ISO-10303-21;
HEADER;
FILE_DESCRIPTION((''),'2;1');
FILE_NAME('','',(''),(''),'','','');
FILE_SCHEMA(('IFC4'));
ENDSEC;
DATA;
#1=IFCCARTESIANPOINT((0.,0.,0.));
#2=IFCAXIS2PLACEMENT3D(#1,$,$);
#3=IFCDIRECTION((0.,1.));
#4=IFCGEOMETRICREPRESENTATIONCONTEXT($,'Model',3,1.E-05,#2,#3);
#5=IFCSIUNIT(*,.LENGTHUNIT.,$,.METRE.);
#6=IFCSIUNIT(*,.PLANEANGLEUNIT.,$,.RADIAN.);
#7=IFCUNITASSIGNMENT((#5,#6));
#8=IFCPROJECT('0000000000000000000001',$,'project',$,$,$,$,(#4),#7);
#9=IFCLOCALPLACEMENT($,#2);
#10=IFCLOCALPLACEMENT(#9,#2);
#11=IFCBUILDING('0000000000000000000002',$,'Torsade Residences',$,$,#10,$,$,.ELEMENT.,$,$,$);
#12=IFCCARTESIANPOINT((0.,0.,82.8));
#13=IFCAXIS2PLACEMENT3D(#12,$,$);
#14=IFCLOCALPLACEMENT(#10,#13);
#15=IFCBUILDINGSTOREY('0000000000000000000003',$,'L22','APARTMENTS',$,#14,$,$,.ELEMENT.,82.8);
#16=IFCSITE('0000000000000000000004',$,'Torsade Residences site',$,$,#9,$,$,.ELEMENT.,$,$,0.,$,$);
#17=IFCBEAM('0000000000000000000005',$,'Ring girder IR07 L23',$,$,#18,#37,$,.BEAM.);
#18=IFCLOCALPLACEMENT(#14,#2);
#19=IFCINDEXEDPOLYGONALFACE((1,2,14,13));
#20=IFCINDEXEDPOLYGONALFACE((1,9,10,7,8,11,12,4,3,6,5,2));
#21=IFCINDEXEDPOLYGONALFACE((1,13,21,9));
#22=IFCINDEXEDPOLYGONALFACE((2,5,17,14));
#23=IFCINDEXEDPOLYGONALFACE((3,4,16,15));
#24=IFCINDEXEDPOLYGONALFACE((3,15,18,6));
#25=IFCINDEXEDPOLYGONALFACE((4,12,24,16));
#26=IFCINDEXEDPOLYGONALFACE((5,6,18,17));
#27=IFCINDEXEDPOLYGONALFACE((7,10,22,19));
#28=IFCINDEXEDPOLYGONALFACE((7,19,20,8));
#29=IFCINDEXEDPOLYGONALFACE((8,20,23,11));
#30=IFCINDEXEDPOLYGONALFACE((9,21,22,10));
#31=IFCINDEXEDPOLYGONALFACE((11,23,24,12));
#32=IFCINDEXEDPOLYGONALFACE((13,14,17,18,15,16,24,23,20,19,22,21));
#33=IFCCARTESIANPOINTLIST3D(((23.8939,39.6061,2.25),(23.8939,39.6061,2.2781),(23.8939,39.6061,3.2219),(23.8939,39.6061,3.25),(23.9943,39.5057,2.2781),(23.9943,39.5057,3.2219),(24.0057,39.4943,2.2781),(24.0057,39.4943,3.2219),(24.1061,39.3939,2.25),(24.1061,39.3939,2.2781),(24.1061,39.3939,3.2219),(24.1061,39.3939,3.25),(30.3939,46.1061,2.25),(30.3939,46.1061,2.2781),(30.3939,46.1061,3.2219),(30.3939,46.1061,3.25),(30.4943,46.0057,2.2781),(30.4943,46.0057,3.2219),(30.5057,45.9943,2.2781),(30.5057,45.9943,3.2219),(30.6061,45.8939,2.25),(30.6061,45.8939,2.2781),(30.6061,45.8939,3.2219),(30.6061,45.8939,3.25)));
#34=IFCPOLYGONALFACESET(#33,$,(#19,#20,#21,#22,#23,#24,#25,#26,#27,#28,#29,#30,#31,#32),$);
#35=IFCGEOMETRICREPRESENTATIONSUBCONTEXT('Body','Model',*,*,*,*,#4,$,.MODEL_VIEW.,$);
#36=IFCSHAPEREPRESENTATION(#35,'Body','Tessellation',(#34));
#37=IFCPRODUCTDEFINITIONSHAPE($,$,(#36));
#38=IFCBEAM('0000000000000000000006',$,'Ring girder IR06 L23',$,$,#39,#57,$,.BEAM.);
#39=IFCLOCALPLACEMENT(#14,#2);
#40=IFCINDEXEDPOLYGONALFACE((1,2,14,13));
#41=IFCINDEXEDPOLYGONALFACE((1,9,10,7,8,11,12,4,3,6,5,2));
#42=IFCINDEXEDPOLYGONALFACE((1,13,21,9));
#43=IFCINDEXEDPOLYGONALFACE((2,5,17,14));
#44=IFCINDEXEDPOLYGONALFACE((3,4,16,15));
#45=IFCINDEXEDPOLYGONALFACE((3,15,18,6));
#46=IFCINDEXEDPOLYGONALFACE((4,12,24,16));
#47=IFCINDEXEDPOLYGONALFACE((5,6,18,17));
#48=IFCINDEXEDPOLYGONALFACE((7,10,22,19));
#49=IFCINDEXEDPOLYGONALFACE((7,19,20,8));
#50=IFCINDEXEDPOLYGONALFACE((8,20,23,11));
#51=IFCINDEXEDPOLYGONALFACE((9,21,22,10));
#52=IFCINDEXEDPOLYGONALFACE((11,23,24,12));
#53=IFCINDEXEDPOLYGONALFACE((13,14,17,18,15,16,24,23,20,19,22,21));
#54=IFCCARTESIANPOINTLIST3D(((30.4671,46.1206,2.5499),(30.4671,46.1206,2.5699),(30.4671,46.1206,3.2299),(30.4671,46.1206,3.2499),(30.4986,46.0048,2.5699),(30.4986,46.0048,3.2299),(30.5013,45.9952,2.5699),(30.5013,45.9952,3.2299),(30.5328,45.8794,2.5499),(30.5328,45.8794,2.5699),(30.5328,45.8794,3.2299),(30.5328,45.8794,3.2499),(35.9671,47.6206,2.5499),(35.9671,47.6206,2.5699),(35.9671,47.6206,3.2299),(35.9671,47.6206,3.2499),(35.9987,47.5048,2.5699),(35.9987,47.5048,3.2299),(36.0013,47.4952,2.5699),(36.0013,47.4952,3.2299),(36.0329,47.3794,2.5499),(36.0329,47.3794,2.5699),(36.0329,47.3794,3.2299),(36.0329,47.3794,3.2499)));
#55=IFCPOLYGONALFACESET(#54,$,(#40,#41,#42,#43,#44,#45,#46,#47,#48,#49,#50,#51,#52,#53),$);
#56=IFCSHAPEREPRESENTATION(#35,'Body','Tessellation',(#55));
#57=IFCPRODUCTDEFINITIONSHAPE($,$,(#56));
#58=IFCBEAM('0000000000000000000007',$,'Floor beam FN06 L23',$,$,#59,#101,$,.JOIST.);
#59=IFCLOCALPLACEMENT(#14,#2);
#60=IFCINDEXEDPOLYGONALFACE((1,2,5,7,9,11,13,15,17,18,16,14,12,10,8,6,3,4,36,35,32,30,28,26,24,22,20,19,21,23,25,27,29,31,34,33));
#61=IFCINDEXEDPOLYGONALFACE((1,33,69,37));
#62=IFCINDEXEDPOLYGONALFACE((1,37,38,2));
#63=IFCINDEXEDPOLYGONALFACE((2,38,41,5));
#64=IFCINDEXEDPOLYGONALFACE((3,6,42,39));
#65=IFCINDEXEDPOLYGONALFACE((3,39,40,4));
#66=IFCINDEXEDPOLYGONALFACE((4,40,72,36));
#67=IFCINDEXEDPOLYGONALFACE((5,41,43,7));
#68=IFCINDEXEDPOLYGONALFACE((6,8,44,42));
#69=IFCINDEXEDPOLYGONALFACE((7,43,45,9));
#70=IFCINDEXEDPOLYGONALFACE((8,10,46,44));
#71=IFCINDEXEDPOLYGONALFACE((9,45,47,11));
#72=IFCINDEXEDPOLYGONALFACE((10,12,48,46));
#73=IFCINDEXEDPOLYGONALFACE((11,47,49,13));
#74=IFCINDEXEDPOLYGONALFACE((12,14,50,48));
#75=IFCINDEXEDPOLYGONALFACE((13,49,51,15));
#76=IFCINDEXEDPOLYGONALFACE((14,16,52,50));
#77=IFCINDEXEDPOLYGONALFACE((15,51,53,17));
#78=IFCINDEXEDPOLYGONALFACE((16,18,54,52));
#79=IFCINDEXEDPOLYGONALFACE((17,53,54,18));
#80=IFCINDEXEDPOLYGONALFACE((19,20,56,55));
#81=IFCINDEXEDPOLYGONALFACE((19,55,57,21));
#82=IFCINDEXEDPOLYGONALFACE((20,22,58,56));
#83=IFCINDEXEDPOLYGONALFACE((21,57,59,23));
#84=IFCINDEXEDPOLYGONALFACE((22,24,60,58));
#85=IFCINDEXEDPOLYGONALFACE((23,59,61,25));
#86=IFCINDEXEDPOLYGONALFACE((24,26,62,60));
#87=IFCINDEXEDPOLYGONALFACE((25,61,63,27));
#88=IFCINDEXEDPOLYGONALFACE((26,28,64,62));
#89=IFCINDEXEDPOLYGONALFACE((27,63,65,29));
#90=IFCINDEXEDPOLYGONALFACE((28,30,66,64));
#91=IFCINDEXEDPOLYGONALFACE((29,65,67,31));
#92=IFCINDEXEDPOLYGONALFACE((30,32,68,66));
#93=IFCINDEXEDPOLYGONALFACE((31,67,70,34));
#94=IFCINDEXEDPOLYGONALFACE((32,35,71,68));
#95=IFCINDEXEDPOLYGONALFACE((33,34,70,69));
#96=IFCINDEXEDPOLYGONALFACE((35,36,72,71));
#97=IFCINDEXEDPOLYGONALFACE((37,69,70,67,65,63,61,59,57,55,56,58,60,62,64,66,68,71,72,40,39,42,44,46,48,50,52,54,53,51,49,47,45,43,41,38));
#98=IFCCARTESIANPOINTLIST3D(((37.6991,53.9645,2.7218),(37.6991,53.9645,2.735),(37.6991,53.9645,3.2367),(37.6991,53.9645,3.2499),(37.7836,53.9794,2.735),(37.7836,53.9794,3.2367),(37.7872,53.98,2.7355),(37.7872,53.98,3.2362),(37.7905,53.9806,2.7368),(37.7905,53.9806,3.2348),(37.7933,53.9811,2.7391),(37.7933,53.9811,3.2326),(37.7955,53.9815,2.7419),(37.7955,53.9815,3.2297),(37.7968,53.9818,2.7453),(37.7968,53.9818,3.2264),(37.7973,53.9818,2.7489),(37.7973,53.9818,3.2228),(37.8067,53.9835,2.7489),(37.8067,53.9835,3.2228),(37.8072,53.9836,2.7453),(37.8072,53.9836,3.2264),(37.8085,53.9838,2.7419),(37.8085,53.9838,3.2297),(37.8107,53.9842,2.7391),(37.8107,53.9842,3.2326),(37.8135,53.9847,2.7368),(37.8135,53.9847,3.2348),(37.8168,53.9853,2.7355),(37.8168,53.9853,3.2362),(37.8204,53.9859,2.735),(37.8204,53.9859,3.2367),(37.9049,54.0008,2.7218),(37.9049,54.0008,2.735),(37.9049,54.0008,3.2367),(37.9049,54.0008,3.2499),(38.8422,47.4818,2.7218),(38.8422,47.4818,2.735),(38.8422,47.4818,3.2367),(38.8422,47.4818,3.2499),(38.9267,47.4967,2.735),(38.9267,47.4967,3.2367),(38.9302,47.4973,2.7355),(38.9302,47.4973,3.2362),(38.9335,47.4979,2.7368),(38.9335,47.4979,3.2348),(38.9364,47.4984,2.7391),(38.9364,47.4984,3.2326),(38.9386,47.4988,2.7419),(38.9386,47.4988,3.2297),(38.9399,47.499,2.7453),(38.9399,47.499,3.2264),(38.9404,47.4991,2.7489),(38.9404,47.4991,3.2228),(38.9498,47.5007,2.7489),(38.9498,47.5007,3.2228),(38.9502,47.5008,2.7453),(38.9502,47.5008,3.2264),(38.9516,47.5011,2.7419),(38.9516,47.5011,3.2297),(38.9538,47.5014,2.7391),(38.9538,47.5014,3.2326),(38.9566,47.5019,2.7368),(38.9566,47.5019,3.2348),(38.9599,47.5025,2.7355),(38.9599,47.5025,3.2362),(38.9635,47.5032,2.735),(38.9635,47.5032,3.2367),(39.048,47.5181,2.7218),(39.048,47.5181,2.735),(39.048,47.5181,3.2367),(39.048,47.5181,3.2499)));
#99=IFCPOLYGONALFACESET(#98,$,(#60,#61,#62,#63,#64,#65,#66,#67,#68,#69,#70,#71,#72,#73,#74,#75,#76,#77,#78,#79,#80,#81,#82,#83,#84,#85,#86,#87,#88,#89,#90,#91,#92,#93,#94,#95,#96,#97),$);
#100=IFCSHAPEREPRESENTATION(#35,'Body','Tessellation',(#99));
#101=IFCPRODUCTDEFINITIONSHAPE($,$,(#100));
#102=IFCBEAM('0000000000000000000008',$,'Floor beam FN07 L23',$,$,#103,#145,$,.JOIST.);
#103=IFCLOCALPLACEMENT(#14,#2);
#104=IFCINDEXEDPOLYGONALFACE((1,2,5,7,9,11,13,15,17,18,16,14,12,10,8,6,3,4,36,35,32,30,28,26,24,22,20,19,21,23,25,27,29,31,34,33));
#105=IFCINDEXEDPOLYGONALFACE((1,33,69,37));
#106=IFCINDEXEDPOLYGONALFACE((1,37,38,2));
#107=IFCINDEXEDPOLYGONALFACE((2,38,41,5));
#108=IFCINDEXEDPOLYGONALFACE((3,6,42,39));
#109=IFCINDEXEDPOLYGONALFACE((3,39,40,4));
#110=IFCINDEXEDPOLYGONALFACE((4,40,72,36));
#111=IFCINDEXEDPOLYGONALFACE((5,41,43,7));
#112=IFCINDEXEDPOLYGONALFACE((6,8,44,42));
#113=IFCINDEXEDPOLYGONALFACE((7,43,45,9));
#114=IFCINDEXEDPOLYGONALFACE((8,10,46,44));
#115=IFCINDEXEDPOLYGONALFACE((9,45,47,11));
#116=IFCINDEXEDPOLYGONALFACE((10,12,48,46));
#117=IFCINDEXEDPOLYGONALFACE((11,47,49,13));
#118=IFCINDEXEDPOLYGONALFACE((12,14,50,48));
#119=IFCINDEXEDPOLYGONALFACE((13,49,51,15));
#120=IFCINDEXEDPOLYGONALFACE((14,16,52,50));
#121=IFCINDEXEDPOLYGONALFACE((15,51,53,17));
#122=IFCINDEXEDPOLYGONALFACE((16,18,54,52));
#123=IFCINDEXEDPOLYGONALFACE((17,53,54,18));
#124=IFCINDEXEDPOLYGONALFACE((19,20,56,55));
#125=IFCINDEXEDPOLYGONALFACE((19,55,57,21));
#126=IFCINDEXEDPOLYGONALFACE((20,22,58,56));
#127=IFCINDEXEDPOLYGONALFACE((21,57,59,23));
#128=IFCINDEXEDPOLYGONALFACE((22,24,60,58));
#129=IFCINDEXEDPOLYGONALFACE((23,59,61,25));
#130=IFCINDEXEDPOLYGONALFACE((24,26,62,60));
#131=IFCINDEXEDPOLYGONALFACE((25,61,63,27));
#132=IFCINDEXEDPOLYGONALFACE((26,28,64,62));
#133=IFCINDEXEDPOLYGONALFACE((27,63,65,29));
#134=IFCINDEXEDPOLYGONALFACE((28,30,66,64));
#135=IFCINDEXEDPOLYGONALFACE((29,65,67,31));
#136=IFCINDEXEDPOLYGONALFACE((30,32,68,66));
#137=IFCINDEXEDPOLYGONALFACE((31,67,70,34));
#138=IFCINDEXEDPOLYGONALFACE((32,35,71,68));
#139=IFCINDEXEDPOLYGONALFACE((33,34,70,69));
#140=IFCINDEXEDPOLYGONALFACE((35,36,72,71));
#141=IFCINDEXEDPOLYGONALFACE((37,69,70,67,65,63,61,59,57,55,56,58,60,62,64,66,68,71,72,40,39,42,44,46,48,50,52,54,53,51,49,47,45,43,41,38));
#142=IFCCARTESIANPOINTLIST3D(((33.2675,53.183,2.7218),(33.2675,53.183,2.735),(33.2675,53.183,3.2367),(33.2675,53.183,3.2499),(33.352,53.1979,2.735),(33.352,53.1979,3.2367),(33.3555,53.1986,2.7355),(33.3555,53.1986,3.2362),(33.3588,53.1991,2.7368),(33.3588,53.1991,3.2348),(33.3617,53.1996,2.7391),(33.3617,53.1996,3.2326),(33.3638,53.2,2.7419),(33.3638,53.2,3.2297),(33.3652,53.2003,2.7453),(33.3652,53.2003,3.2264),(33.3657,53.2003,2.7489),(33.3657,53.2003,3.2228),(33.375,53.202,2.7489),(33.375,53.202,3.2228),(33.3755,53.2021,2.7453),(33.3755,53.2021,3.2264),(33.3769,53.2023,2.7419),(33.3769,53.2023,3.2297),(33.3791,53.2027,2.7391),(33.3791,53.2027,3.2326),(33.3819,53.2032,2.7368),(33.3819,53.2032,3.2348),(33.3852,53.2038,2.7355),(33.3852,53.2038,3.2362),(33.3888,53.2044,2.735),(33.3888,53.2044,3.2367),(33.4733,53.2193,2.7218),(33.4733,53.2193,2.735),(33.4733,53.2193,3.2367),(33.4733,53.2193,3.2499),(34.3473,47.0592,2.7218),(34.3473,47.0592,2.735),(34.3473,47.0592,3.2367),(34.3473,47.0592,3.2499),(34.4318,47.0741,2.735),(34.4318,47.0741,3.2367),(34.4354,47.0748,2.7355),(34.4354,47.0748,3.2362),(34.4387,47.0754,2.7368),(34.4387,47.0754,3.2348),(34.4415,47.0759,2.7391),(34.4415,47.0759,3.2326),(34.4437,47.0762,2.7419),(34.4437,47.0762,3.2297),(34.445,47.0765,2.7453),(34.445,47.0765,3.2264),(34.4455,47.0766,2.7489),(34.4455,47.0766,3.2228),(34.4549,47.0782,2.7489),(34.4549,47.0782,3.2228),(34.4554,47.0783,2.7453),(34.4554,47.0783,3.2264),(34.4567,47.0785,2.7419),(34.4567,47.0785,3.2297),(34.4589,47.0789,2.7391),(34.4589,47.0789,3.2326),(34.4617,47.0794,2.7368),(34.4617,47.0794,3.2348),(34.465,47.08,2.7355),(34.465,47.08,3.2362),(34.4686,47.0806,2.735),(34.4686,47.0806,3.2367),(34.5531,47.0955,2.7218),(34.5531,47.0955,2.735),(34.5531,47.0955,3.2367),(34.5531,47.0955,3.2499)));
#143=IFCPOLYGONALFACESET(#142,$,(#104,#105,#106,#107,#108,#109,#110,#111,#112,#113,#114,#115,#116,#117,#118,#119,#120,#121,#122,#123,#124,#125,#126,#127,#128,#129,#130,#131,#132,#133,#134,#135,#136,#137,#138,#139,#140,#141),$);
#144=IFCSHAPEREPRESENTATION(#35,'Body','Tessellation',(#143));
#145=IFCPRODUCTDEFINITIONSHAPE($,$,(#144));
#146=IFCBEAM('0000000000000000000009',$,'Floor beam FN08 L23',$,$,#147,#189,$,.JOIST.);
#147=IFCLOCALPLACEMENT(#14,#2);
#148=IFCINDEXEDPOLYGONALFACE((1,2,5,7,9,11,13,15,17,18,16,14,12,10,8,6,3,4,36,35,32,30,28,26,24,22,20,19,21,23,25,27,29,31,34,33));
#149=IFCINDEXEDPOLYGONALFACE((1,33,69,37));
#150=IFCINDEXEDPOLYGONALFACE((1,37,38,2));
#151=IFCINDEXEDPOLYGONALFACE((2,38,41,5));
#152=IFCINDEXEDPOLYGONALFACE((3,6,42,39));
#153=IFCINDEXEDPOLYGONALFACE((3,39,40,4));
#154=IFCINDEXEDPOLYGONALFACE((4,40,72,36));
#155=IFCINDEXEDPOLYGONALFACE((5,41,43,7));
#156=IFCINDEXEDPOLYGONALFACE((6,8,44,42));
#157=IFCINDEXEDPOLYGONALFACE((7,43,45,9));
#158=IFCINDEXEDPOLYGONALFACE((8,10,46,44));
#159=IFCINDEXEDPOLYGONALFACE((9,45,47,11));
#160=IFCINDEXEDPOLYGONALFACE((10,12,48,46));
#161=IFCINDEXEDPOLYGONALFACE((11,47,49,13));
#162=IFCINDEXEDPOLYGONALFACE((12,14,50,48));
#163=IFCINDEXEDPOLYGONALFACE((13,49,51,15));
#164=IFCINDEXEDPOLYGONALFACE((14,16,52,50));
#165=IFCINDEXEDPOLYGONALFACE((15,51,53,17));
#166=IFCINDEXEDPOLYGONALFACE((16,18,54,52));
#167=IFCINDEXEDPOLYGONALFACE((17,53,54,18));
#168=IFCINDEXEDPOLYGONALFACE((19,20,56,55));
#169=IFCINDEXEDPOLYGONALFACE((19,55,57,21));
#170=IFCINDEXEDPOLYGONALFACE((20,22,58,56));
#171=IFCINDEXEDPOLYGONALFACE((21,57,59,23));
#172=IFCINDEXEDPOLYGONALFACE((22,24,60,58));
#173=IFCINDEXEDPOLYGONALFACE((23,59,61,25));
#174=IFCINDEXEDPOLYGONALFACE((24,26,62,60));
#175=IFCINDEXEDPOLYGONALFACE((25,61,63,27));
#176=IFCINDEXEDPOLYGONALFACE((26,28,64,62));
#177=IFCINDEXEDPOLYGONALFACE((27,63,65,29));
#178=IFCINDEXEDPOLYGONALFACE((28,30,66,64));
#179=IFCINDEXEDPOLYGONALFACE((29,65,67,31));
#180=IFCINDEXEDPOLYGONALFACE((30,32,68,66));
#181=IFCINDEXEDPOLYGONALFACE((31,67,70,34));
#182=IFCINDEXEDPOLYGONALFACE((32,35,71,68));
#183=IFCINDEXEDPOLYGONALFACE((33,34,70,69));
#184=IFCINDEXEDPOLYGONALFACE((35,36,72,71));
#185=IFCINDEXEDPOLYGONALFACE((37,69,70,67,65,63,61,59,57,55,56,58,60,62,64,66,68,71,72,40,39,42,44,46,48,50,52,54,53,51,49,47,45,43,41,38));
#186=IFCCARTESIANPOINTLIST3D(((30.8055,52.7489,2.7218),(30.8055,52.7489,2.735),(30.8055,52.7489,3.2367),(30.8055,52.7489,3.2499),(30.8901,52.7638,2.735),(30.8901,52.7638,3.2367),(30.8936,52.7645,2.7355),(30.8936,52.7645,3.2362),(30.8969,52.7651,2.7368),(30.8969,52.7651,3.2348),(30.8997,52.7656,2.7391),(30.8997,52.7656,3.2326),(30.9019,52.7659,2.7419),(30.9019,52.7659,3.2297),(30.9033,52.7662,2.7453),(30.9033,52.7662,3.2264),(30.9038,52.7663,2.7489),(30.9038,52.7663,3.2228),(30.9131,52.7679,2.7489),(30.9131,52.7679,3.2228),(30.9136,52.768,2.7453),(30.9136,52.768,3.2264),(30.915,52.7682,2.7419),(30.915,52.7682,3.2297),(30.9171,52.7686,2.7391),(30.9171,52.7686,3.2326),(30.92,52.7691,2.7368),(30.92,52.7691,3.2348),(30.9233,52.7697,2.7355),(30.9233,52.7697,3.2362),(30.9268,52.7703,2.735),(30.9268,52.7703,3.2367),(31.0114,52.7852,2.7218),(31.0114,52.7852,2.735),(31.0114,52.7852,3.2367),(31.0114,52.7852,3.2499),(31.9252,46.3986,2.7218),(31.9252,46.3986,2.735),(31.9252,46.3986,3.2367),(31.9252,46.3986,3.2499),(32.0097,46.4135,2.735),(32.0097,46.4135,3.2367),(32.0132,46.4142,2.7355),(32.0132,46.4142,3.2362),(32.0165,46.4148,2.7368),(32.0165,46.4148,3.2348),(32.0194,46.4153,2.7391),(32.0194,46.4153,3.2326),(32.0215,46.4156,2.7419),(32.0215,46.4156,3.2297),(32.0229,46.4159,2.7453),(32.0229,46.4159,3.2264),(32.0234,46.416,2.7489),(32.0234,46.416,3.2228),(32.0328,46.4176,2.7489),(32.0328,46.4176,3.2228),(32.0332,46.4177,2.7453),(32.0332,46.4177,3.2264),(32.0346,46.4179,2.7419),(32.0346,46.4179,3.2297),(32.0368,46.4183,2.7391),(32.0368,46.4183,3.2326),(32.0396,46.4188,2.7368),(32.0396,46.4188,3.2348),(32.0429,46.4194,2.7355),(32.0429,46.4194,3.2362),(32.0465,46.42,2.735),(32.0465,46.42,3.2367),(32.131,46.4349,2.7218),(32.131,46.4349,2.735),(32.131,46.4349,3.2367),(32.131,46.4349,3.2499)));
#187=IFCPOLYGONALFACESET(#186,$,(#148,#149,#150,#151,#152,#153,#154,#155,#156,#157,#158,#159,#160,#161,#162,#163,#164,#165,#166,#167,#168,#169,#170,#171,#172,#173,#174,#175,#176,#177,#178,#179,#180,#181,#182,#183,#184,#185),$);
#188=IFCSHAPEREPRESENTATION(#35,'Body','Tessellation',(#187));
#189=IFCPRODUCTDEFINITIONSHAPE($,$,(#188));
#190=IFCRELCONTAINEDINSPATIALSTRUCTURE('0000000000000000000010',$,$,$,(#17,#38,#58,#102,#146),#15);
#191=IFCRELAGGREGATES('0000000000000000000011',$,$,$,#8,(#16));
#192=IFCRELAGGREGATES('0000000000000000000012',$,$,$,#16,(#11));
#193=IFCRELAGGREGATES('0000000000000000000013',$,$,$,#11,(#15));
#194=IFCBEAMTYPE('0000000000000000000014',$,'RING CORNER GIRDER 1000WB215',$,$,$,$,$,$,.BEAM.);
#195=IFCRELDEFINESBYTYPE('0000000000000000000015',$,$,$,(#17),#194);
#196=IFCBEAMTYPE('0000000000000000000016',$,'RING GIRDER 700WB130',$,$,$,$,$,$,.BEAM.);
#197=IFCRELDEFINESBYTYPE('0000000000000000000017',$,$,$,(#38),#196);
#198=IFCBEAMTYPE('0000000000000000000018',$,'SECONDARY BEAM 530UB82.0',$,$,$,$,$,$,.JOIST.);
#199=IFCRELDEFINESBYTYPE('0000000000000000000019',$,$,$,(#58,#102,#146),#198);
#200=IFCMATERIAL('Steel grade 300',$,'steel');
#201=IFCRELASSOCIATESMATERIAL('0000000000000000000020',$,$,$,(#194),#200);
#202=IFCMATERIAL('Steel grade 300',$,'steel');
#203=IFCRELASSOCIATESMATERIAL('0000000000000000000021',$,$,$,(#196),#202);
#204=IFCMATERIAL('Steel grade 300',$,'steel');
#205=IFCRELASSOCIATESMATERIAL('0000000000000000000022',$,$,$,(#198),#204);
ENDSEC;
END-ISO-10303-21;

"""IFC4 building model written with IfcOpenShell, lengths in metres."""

from ifc_helpers import new_model, si_unit, direction, frame, origin, origin_2d, place, context, subcontext, project, spatial, i_section, extrude, material, material_profile, profile_set, type_object, element, save


model = new_model("IFC4")

# Units and contexts
model_context = context("Model", 3, precision=1e-05, world=origin(), true_north=direction((0.0, 1.0)))
body_context = subcontext(model_context, "Body", "Model", "MODEL_VIEW")
ifc_project = project(units=[si_unit("LENGTHUNIT", "METRE"), si_unit("PLANEANGLEUNIT", "RADIAN")], contexts=[model_context])

# Site, building, storey
site_placement = place(None, origin())
site = spatial("IfcSite", under=ifc_project, at=site_placement, Name="Torsade Residences site", CompositionType="ELEMENT", RefElevation=0.0)
building_placement = place(site_placement, origin())
building = spatial("IfcBuilding", under=site, at=building_placement, Name="Torsade Residences", CompositionType="ELEMENT")
storey_placement = place(building_placement, frame((0.0, 0.0, 82.8)))
storey = spatial("IfcBuildingStorey", under=building, at=storey_placement, Name="L22", Description="APARTMENTS", CompositionType="ELEMENT", Elevation=82.8)

# Beams
ifc_material_1 = material(Name="Steel grade 300", Category="steel")
ifc_material_profile_1 = material_profile(ifc_material_1, i_section(OverallWidth=0.3, OverallDepth=1.0, WebThickness=0.0161, FlangeThickness=0.0281, at=origin_2d()), Name="1000WB215")
ifc_profile_set_1 = profile_set([ifc_material_profile_1], Name="Steel grade 300")
beam_type_1 = type_object("IfcBeamType", Name="RING CORNER GIRDER 1000WB215", PredefinedType="BEAM", material=ifc_profile_set_1)
beam_1_placement = place(storey_placement, frame((30.5, 46.0, 2.75), z_axis=(-0.707107, -0.707107, 0.0), x_axis=(0.707107, -0.707107, 0.0)))
element("IfcBeam", 1, at=beam_1_placement, inside=storey, type_object=beam_type_1, Name="Ring girder IR07 L23", PredefinedType="BEAM", context=body_context, shape_type="SweptSolid", body=[
    extrude(i_section(OverallWidth=0.3, OverallDepth=1.0, WebThickness=0.0161, FlangeThickness=0.0281, at=origin_2d()), origin(), (0.0, 0.0, 1.0), 9.1924),
])
ifc_material_2 = material(Name="Steel grade 300", Category="steel")
ifc_material_profile_2 = material_profile(ifc_material_2, i_section(OverallWidth=0.25, OverallDepth=0.7, WebThickness=0.01, FlangeThickness=0.02, at=origin_2d()), Name="700WB130")
ifc_profile_set_2 = profile_set([ifc_material_profile_2], Name="Steel grade 300")
beam_type_2 = type_object("IfcBeamType", Name="RING GIRDER 700WB130", PredefinedType="BEAM", material=ifc_profile_set_2)
beam_2_placement = place(storey_placement, frame((36.0, 47.5, 2.8999), z_axis=(-0.964764, -0.263117, 0.0), x_axis=(0.263117, -0.964764, 0.0)))
element("IfcBeam", 2, at=beam_2_placement, inside=storey, type_object=beam_type_2, Name="Ring girder IR06 L23", PredefinedType="BEAM", context=body_context, shape_type="SweptSolid", body=[
    extrude(i_section(OverallWidth=0.25, OverallDepth=0.7, WebThickness=0.01, FlangeThickness=0.02, at=origin_2d()), origin(), (0.0, 0.0, 1.0), 5.7009),
])
ifc_material_3 = material(Name="Steel grade 300", Category="steel")
ifc_material_profile_3 = material_profile(ifc_material_3, i_section(OverallWidth=0.209, OverallDepth=0.5281, WebThickness=0.0095, FlangeThickness=0.0132, FilletRadius=0.0139, at=origin_2d()), Name="530UB82.0")
ifc_profile_set_3 = profile_set([ifc_material_profile_3], Name="Steel grade 300")
beam_type_3 = type_object("IfcBeamType", Name="SECONDARY BEAM 530UB82.0", PredefinedType="JOIST", material=ifc_profile_set_3)
beam_3_placement = place(storey_placement, frame((37.802, 53.9827, 2.9858), z_axis=(0.173648, -0.984808, 0.0), x_axis=(0.984808, 0.173648, 0.0)))
element("IfcBeam", 3, at=beam_3_placement, inside=storey, type_object=beam_type_3, Name="Floor beam FN06 L23", PredefinedType="JOIST", context=body_context, shape_type="SweptSolid", body=[
    extrude(i_section(OverallWidth=0.209, OverallDepth=0.5281, WebThickness=0.0095, FlangeThickness=0.0132, FilletRadius=0.0139, at=origin_2d()), origin(), (0.0, 0.0, 1.0), 6.5828),
])
beam_4_placement = place(storey_placement, frame((33.3704, 53.2012, 2.9858), z_axis=(0.173655, -0.984806, 0.0), x_axis=(0.984806, 0.173655, 0.0)))
element("IfcBeam", 4, at=beam_4_placement, inside=storey, type_object=beam_type_3, Name="Floor beam FN07 L23", PredefinedType="JOIST", context=body_context, shape_type="SweptSolid", body=[
    extrude(i_section(OverallWidth=0.209, OverallDepth=0.5281, WebThickness=0.0095, FlangeThickness=0.0132, FilletRadius=0.0139, at=origin_2d()), origin(), (0.0, 0.0, 1.0), 6.2183),
])
beam_5_placement = place(storey_placement, frame((30.9084, 52.7671, 2.9858), z_axis=(0.173632, -0.984811, 0.0), x_axis=(0.984811, 0.173632, 0.0)))
element("IfcBeam", 5, at=beam_5_placement, inside=storey, type_object=beam_type_3, Name="Floor beam FN08 L23", PredefinedType="JOIST", context=body_context, shape_type="SweptSolid", body=[
    extrude(i_section(OverallWidth=0.209, OverallDepth=0.5281, WebThickness=0.0095, FlangeThickness=0.0132, FilletRadius=0.0139, at=origin_2d()), origin(), (0.0, 0.0, 1.0), 6.4482),
])

save(model, "model.ifc")
